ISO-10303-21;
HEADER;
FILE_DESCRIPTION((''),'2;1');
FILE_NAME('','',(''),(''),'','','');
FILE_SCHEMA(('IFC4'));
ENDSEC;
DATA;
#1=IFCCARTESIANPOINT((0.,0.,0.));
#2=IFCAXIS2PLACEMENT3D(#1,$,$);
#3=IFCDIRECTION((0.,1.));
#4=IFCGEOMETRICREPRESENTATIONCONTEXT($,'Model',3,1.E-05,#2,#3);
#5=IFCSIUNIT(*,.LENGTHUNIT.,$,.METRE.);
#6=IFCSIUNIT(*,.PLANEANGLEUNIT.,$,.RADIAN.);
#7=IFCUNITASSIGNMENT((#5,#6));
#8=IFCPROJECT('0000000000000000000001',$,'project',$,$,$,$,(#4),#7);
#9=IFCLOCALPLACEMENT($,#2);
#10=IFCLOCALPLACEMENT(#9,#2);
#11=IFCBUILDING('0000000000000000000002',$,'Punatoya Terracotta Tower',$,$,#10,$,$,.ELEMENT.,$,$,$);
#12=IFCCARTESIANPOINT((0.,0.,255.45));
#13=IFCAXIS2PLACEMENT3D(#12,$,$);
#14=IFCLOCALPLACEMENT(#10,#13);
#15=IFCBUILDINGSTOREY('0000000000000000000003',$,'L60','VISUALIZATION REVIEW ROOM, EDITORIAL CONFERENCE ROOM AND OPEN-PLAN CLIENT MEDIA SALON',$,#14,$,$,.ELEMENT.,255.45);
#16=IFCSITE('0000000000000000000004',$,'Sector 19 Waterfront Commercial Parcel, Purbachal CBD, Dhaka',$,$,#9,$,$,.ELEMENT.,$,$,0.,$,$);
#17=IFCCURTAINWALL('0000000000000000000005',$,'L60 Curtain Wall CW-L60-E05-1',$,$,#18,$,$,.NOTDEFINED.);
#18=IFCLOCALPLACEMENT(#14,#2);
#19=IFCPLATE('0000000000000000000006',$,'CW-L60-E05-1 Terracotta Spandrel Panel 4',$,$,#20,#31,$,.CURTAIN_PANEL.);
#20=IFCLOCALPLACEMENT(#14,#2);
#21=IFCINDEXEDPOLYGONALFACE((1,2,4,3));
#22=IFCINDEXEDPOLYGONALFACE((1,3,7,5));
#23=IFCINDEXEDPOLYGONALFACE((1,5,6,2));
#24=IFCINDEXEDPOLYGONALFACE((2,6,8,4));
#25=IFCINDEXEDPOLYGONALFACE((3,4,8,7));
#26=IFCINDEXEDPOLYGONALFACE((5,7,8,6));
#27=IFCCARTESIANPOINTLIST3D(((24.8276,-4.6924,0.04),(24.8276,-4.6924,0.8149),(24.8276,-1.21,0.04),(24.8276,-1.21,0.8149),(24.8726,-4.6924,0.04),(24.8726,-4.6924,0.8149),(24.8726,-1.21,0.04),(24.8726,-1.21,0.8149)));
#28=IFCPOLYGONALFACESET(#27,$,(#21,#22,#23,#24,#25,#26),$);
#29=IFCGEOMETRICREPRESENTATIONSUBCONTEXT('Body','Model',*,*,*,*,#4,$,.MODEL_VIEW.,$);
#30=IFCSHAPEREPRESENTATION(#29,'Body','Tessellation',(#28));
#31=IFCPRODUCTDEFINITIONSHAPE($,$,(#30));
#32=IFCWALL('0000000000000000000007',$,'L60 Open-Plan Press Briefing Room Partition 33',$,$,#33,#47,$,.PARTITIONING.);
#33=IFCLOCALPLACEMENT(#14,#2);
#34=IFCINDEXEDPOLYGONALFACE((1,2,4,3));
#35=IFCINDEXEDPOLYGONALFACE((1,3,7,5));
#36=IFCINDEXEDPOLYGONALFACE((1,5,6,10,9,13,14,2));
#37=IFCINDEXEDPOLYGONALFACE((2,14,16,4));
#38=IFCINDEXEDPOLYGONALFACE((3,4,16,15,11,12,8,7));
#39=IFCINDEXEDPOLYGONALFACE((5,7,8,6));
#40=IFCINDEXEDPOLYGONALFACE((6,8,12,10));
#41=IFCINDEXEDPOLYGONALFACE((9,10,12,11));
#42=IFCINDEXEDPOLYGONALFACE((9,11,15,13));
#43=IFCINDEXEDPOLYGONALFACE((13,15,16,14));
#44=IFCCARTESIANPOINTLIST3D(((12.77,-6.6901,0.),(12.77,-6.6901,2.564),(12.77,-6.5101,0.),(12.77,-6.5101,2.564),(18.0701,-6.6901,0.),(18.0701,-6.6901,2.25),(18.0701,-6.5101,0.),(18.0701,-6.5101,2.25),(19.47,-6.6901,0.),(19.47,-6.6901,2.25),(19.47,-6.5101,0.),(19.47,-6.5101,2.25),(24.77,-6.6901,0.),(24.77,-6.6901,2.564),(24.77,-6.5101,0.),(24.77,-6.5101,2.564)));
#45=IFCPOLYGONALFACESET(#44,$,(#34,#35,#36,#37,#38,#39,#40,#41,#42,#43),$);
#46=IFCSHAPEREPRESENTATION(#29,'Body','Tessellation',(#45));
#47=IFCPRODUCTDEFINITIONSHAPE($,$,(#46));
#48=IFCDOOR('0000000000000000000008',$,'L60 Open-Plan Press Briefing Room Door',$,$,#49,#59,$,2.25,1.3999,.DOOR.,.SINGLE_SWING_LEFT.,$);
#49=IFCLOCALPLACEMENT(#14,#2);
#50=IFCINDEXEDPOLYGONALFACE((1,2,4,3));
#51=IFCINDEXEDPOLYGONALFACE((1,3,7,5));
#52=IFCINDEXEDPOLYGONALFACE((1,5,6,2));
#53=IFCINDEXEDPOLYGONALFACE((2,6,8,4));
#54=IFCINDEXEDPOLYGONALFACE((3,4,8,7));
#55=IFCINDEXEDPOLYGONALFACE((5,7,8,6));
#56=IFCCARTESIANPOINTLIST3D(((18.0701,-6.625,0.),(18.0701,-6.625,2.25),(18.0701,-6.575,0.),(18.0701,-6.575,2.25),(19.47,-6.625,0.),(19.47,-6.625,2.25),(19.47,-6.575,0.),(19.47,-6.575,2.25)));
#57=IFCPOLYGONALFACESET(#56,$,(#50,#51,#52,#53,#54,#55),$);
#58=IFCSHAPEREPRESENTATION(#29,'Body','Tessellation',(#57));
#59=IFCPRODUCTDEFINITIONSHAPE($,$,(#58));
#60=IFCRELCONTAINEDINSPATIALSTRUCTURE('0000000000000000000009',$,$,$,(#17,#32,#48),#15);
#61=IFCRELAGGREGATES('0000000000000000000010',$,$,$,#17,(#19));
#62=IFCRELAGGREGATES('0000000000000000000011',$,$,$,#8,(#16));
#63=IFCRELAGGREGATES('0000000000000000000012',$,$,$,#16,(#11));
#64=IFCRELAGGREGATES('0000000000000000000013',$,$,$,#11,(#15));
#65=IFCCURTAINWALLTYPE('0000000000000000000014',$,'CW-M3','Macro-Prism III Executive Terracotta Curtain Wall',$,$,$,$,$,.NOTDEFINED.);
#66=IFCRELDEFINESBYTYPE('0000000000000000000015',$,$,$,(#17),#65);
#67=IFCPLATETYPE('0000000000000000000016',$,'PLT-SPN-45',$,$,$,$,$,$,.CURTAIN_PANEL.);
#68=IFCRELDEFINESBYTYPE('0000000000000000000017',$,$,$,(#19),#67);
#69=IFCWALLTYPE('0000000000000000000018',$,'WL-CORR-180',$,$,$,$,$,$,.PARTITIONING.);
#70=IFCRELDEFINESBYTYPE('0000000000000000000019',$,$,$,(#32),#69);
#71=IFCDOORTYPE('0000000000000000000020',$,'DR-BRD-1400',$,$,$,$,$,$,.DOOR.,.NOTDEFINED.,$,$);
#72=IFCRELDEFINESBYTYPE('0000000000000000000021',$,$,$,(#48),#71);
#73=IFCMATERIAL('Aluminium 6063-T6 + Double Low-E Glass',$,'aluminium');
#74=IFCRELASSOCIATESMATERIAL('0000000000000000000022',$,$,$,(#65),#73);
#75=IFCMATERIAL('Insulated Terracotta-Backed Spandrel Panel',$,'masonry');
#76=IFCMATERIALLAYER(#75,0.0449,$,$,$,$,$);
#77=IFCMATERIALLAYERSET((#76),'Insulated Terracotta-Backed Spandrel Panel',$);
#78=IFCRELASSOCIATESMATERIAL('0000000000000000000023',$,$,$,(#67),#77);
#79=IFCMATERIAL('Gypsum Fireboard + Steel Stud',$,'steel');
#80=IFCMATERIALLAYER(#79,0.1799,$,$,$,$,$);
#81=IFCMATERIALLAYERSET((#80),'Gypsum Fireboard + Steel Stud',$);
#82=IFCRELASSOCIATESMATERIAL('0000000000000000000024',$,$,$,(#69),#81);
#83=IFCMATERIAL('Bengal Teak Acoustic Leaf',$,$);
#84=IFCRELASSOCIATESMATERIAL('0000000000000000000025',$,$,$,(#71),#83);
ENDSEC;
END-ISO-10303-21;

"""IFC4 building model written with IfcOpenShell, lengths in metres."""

from ifc_helpers import new_model, si_unit, direction, frame, frame_2d, origin, origin_2d, place, context, subcontext, project, spatial, rectangle, extrude, material, layer, layer_set, type_object, element, fill, aggregate, save


model = new_model("IFC4")

# Units and contexts
model_context = context("Model", 3, precision=1e-05, world=origin(), true_north=direction((0.0, 1.0)))
body_context = subcontext(model_context, "Body", "Model", "MODEL_VIEW")
ifc_project = project(units=[si_unit("LENGTHUNIT", "METRE"), si_unit("PLANEANGLEUNIT", "RADIAN")], contexts=[model_context])

# Site, building, storey
site_placement = place(None, origin())
site = spatial("IfcSite", under=ifc_project, at=site_placement, Name="Sector 19 Waterfront Commercial Parcel, Purbachal CBD, Dhaka", CompositionType="ELEMENT", RefElevation=0.0)
building_placement = place(site_placement, origin())
building = spatial("IfcBuilding", under=site, at=building_placement, Name="Punatoya Terracotta Tower", CompositionType="ELEMENT")
storey_placement = place(building_placement, frame((0.0, 0.0, 255.45)))
storey = spatial("IfcBuildingStorey", under=building, at=storey_placement, Name="L60", Description="VISUALIZATION REVIEW ROOM, EDITORIAL CONFERENCE ROOM AND OPEN-PLAN CLIENT MEDIA SALON", CompositionType="ELEMENT", Elevation=255.45)

# Curtain wall
ifc_material_1 = material(Name="Aluminium 6063-T6 + Double Low-E Glass", Category="aluminium")
curtain_wall_type = type_object("IfcCurtainWallType", Name="CW-M3", Description="Macro-Prism III Executive Terracotta Curtain Wall", PredefinedType="NOTDEFINED", material=ifc_material_1)
curtain_wall_1_placement = place(storey_placement, origin())
curtain_wall_1 = element("IfcCurtainWall", 1, at=curtain_wall_1_placement, inside=storey, type_object=curtain_wall_type, Name="L60 Curtain Wall CW-L60-E05-1", PredefinedType="NOTDEFINED")

# Plate
ifc_material_2 = material(Name="Insulated Terracotta-Backed Spandrel Panel", Category="masonry")
ifc_layer_1 = layer(ifc_material_2, 0.0449)
ifc_layer_set_1 = layer_set([ifc_layer_1], Name="Insulated Terracotta-Backed Spandrel Panel")
plate_type_1 = type_object("IfcPlateType", Name="PLT-SPN-45", PredefinedType="CURTAIN_PANEL", material=ifc_layer_set_1)
plate_1_placement = place(storey_placement, frame((24.8501, -2.9512, 0.04), z_axis=(0.0, 0.0, 1.0), x_axis=(0.0, 1.0, 0.0)))
plate_1 = element("IfcPlate", 2, at=plate_1_placement, type_object=plate_type_1, Name="CW-L60-E05-1 Terracotta Spandrel Panel 4", PredefinedType="CURTAIN_PANEL", context=body_context, shape_type="SweptSolid", body=[
    extrude(rectangle(XDim=3.4824, YDim=0.0449, at=origin_2d()), origin(), (0.0, 0.0, 1.0), 0.7749),
])
aggregate(curtain_wall_1, [plate_1])

# Wall, opening, door
ifc_material_3 = material(Name="Gypsum Fireboard + Steel Stud", Category="steel")
ifc_layer_2 = layer(ifc_material_3, 0.1799)
ifc_layer_set_2 = layer_set([ifc_layer_2], Name="Gypsum Fireboard + Steel Stud")
wall_type = type_object("IfcWallType", Name="WL-CORR-180", PredefinedType="PARTITIONING", material=ifc_layer_set_2)
wall_placement = place(storey_placement, frame((24.77, -6.6001, 0.0), z_axis=(0.0, 0.0, 1.0), x_axis=(-1.0, 0.0, 0.0)))
wall = element("IfcWall", 3, at=wall_placement, inside=storey, type_object=wall_type, Name="L60 Open-Plan Press Briefing Room Partition 33", PredefinedType="PARTITIONING", context=body_context, shape_type="SweptSolid", body=[
    extrude(rectangle(XDim=12.0, YDim=0.1799, at=frame_2d((6.0, 0.0))), origin(), (0.0, 0.0, 1.0), 2.564),
])
opening_placement = place(wall_placement, frame((5.3, 0.0, 0.0)))
opening = element("IfcOpeningElement", 4, at=opening_placement, cuts=wall, PredefinedType="OPENING", context=body_context, shape_type="SweptSolid", body=[
    extrude(rectangle(XDim=1.3999, YDim=2.25, at=frame_2d((0.7, 1.125))), frame((0.0, 0.0999, 0.0), z_axis=(0.0, -1.0, 0.0), x_axis=(1.0, 0.0, 0.0)), (0.0, 0.0, 1.0), 0.2),
])
ifc_material_4 = material(Name="Bengal Teak Acoustic Leaf")
door_type = type_object("IfcDoorType", Name="DR-BRD-1400", OperationType="NOTDEFINED", PredefinedType="DOOR", material=ifc_material_4)
door_placement = place(opening_placement, origin())
door = element("IfcDoor", 5, at=door_placement, inside=storey, type_object=door_type, Name="L60 Open-Plan Press Briefing Room Door", OperationType="SINGLE_SWING_LEFT", OverallHeight=2.25, OverallWidth=1.3999, PredefinedType="DOOR", context=body_context, shape_type="SweptSolid", body=[
    extrude(rectangle(XDim=1.3999, YDim=2.25, at=frame_2d((0.7, 1.125))), frame((0.0, 0.0249, 0.0), z_axis=(0.0, -1.0, 0.0), x_axis=(1.0, 0.0, 0.0)), (0.0, 0.0, 1.0), 0.05),
])
fill(opening, door)

save(model, "model.ifc")
